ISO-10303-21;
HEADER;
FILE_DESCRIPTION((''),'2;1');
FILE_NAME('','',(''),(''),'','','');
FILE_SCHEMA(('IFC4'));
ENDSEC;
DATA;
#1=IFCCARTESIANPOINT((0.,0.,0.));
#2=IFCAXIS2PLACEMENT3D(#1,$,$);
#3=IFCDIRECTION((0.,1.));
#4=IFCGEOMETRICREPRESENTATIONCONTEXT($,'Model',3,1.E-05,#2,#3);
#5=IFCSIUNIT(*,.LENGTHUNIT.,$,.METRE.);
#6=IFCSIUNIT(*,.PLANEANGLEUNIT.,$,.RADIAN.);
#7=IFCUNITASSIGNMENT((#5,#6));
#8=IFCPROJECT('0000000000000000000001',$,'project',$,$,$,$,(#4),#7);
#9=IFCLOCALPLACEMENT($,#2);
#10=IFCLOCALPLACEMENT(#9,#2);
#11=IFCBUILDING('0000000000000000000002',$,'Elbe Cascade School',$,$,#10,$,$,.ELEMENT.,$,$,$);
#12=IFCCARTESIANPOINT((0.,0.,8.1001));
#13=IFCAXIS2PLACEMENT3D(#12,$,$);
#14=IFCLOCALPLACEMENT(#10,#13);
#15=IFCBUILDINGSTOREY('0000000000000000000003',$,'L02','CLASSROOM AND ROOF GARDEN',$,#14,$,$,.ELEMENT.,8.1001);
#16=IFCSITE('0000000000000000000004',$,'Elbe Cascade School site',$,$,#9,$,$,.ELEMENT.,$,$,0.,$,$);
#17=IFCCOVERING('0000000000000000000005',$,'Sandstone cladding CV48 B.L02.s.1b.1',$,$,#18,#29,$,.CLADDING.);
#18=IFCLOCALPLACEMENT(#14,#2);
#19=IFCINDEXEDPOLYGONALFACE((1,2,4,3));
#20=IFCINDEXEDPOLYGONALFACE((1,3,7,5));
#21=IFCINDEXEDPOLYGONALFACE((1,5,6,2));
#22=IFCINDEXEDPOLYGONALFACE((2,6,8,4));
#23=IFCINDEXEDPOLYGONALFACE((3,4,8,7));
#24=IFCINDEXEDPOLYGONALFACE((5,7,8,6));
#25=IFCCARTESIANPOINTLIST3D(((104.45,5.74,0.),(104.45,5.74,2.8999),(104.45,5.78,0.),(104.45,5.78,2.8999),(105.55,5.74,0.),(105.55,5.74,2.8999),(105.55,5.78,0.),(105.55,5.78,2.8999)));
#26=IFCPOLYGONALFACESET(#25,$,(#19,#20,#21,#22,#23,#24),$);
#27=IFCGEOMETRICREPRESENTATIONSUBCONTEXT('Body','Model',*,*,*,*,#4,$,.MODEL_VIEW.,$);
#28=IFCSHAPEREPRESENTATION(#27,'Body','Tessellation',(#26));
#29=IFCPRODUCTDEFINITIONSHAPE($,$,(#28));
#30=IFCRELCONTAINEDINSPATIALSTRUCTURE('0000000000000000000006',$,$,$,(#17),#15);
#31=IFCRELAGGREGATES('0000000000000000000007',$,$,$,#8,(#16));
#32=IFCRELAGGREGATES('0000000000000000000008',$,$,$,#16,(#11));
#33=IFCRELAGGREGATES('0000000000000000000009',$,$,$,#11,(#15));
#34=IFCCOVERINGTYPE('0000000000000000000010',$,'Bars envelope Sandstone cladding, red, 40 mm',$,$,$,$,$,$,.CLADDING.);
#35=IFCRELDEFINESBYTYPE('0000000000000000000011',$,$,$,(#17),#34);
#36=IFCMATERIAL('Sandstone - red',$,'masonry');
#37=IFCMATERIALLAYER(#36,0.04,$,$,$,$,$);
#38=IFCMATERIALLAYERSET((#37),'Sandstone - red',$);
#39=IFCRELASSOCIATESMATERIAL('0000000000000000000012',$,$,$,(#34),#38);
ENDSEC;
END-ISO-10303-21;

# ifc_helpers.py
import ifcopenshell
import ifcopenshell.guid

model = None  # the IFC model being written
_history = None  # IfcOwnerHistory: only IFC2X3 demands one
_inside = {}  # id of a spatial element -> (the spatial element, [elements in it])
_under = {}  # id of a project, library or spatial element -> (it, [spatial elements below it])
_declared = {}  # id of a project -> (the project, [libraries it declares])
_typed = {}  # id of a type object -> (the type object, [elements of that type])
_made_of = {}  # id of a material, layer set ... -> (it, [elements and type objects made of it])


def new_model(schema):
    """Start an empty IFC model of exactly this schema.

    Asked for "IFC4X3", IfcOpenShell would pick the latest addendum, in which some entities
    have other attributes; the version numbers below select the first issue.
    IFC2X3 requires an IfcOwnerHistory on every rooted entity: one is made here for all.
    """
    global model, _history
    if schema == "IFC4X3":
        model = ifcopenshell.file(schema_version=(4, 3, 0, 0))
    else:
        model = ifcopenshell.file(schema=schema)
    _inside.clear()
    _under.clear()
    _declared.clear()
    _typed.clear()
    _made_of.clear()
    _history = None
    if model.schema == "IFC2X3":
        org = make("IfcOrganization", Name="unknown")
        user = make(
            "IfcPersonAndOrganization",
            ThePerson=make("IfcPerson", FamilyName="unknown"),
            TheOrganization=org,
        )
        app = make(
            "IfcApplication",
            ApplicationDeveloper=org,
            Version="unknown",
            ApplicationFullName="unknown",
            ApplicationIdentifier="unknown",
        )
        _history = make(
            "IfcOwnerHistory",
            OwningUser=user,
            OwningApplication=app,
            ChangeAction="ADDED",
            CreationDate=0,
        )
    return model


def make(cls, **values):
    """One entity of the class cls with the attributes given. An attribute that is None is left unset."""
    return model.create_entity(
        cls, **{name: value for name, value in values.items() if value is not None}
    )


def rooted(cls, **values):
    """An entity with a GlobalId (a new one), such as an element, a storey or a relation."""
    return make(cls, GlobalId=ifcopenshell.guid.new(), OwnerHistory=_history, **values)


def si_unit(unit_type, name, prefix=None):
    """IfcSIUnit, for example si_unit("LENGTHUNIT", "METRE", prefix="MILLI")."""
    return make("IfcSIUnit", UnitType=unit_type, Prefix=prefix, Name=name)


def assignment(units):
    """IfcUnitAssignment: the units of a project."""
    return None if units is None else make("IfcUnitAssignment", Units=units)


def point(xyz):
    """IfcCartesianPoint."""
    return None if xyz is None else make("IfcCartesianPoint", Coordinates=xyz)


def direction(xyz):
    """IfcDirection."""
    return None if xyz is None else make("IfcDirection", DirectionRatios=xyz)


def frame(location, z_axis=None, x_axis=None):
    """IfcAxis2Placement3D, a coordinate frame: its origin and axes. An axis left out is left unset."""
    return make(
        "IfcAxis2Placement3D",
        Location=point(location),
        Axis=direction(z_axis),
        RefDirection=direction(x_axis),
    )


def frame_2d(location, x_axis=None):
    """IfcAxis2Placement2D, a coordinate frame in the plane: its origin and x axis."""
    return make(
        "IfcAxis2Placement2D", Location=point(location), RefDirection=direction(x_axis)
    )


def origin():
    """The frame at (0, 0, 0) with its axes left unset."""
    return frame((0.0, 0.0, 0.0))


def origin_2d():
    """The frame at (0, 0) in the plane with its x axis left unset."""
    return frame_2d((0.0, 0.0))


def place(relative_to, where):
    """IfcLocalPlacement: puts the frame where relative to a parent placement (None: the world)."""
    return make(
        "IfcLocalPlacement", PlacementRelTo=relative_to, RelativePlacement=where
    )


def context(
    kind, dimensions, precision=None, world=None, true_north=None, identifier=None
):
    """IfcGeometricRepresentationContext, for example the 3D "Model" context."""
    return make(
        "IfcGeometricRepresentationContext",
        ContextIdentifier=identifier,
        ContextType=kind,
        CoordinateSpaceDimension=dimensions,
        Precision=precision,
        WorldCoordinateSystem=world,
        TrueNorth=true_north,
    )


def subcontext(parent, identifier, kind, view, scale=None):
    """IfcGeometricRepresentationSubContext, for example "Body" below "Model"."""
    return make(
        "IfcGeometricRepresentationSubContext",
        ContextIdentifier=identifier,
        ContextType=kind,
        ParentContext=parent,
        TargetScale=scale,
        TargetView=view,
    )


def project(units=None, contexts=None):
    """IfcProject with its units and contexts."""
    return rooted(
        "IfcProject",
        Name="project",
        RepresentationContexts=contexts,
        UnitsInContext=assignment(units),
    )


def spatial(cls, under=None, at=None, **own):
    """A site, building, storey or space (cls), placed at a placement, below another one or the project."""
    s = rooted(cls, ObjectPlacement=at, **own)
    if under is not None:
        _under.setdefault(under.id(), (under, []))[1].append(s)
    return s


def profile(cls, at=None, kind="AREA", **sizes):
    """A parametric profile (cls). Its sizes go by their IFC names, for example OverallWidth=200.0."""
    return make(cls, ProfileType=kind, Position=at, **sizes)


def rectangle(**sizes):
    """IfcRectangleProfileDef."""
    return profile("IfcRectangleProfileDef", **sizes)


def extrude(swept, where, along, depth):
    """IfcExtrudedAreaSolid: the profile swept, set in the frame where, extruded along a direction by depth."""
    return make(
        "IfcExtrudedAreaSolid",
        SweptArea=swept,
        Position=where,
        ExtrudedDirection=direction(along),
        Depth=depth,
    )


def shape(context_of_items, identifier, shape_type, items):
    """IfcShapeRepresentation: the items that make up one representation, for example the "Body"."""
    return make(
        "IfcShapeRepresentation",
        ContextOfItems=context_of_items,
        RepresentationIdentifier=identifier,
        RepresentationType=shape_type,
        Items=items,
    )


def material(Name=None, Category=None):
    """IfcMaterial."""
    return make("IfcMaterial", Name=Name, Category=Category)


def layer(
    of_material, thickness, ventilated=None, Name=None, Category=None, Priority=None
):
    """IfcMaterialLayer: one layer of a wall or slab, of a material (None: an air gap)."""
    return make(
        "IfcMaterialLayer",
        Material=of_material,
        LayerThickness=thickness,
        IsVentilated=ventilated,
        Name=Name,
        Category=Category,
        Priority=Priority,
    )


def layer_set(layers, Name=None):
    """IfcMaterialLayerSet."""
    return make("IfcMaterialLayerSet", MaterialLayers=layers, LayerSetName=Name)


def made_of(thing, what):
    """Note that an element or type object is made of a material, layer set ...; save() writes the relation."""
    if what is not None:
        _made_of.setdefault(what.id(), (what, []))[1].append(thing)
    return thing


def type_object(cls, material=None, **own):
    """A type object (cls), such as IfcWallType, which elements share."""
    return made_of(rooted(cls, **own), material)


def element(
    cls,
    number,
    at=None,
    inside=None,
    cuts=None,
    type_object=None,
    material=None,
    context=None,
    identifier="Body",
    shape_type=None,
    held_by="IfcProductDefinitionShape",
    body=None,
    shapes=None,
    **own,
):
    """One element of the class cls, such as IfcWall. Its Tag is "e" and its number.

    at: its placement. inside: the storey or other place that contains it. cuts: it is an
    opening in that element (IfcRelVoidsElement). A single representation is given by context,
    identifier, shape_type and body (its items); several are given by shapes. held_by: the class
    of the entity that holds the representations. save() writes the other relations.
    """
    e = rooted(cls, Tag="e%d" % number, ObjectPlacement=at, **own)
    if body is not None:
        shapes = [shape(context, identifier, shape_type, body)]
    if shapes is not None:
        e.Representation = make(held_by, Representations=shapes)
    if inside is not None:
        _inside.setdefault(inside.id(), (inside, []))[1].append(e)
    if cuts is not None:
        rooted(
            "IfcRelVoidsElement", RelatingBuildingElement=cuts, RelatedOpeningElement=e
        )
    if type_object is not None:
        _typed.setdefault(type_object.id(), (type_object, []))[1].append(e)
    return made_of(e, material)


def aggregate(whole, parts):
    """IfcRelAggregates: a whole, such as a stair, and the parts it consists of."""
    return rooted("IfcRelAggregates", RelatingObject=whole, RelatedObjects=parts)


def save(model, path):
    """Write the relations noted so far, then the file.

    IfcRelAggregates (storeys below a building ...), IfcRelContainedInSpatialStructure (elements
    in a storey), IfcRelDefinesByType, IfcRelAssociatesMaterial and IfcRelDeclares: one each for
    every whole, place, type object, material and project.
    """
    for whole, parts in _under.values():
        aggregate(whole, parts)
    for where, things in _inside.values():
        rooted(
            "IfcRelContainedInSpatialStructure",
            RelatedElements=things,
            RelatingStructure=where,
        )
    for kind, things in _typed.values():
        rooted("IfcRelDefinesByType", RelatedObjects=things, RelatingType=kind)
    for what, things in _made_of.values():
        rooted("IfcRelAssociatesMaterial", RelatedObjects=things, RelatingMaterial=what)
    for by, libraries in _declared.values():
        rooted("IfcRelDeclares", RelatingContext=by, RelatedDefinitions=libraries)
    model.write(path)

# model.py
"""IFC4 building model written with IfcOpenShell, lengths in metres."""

from ifc_helpers import new_model, si_unit, direction, frame, origin, origin_2d, place, context, subcontext, project, spatial, rectangle, extrude, material, layer, layer_set, type_object, element, save


model = new_model("IFC4")

# Units and contexts
model_context = context("Model", 3, precision=1e-05, world=origin(), true_north=direction((0.0, 1.0)))
body_context = subcontext(model_context, "Body", "Model", "MODEL_VIEW")
ifc_project = project(units=[si_unit("LENGTHUNIT", "METRE"), si_unit("PLANEANGLEUNIT", "RADIAN")], contexts=[model_context])

# Site, building, storey
site_placement = place(None, origin())
site = spatial("IfcSite", under=ifc_project, at=site_placement, Name="Elbe Cascade School site", CompositionType="ELEMENT", RefElevation=0.0)
building_placement = place(site_placement, origin())
building = spatial("IfcBuilding", under=site, at=building_placement, Name="Elbe Cascade School", CompositionType="ELEMENT")
storey_placement = place(building_placement, frame((0.0, 0.0, 8.1001)))
storey = spatial("IfcBuildingStorey", under=building, at=storey_placement, Name="L02", Description="CLASSROOM AND ROOF GARDEN", CompositionType="ELEMENT", Elevation=8.1001)

# Covering
ifc_material_1 = material(Name="Sandstone - red", Category="masonry")
ifc_layer_1 = layer(ifc_material_1, 0.04)
ifc_layer_set_1 = layer_set([ifc_layer_1], Name="Sandstone - red")
covering_type_1 = type_object("IfcCoveringType", Name="Bars envelope Sandstone cladding, red, 40 mm", PredefinedType="CLADDING", material=ifc_layer_set_1)
covering_1_placement = place(storey_placement, frame((105.0, 5.76, 0.0), z_axis=(0.0, 0.0, 1.0), x_axis=(1.0, 0.0, 0.0)))
element("IfcCovering", 1, at=covering_1_placement, inside=storey, type_object=covering_type_1, Name="Sandstone cladding CV48 B.L02.s.1b.1", PredefinedType="CLADDING", context=body_context, shape_type="SweptSolid", body=[
    extrude(rectangle(XDim=1.1001, YDim=0.04, at=origin_2d()), origin(), (0.0, 0.0, 1.0), 2.8999),
])

save(model, "model.ifc")
